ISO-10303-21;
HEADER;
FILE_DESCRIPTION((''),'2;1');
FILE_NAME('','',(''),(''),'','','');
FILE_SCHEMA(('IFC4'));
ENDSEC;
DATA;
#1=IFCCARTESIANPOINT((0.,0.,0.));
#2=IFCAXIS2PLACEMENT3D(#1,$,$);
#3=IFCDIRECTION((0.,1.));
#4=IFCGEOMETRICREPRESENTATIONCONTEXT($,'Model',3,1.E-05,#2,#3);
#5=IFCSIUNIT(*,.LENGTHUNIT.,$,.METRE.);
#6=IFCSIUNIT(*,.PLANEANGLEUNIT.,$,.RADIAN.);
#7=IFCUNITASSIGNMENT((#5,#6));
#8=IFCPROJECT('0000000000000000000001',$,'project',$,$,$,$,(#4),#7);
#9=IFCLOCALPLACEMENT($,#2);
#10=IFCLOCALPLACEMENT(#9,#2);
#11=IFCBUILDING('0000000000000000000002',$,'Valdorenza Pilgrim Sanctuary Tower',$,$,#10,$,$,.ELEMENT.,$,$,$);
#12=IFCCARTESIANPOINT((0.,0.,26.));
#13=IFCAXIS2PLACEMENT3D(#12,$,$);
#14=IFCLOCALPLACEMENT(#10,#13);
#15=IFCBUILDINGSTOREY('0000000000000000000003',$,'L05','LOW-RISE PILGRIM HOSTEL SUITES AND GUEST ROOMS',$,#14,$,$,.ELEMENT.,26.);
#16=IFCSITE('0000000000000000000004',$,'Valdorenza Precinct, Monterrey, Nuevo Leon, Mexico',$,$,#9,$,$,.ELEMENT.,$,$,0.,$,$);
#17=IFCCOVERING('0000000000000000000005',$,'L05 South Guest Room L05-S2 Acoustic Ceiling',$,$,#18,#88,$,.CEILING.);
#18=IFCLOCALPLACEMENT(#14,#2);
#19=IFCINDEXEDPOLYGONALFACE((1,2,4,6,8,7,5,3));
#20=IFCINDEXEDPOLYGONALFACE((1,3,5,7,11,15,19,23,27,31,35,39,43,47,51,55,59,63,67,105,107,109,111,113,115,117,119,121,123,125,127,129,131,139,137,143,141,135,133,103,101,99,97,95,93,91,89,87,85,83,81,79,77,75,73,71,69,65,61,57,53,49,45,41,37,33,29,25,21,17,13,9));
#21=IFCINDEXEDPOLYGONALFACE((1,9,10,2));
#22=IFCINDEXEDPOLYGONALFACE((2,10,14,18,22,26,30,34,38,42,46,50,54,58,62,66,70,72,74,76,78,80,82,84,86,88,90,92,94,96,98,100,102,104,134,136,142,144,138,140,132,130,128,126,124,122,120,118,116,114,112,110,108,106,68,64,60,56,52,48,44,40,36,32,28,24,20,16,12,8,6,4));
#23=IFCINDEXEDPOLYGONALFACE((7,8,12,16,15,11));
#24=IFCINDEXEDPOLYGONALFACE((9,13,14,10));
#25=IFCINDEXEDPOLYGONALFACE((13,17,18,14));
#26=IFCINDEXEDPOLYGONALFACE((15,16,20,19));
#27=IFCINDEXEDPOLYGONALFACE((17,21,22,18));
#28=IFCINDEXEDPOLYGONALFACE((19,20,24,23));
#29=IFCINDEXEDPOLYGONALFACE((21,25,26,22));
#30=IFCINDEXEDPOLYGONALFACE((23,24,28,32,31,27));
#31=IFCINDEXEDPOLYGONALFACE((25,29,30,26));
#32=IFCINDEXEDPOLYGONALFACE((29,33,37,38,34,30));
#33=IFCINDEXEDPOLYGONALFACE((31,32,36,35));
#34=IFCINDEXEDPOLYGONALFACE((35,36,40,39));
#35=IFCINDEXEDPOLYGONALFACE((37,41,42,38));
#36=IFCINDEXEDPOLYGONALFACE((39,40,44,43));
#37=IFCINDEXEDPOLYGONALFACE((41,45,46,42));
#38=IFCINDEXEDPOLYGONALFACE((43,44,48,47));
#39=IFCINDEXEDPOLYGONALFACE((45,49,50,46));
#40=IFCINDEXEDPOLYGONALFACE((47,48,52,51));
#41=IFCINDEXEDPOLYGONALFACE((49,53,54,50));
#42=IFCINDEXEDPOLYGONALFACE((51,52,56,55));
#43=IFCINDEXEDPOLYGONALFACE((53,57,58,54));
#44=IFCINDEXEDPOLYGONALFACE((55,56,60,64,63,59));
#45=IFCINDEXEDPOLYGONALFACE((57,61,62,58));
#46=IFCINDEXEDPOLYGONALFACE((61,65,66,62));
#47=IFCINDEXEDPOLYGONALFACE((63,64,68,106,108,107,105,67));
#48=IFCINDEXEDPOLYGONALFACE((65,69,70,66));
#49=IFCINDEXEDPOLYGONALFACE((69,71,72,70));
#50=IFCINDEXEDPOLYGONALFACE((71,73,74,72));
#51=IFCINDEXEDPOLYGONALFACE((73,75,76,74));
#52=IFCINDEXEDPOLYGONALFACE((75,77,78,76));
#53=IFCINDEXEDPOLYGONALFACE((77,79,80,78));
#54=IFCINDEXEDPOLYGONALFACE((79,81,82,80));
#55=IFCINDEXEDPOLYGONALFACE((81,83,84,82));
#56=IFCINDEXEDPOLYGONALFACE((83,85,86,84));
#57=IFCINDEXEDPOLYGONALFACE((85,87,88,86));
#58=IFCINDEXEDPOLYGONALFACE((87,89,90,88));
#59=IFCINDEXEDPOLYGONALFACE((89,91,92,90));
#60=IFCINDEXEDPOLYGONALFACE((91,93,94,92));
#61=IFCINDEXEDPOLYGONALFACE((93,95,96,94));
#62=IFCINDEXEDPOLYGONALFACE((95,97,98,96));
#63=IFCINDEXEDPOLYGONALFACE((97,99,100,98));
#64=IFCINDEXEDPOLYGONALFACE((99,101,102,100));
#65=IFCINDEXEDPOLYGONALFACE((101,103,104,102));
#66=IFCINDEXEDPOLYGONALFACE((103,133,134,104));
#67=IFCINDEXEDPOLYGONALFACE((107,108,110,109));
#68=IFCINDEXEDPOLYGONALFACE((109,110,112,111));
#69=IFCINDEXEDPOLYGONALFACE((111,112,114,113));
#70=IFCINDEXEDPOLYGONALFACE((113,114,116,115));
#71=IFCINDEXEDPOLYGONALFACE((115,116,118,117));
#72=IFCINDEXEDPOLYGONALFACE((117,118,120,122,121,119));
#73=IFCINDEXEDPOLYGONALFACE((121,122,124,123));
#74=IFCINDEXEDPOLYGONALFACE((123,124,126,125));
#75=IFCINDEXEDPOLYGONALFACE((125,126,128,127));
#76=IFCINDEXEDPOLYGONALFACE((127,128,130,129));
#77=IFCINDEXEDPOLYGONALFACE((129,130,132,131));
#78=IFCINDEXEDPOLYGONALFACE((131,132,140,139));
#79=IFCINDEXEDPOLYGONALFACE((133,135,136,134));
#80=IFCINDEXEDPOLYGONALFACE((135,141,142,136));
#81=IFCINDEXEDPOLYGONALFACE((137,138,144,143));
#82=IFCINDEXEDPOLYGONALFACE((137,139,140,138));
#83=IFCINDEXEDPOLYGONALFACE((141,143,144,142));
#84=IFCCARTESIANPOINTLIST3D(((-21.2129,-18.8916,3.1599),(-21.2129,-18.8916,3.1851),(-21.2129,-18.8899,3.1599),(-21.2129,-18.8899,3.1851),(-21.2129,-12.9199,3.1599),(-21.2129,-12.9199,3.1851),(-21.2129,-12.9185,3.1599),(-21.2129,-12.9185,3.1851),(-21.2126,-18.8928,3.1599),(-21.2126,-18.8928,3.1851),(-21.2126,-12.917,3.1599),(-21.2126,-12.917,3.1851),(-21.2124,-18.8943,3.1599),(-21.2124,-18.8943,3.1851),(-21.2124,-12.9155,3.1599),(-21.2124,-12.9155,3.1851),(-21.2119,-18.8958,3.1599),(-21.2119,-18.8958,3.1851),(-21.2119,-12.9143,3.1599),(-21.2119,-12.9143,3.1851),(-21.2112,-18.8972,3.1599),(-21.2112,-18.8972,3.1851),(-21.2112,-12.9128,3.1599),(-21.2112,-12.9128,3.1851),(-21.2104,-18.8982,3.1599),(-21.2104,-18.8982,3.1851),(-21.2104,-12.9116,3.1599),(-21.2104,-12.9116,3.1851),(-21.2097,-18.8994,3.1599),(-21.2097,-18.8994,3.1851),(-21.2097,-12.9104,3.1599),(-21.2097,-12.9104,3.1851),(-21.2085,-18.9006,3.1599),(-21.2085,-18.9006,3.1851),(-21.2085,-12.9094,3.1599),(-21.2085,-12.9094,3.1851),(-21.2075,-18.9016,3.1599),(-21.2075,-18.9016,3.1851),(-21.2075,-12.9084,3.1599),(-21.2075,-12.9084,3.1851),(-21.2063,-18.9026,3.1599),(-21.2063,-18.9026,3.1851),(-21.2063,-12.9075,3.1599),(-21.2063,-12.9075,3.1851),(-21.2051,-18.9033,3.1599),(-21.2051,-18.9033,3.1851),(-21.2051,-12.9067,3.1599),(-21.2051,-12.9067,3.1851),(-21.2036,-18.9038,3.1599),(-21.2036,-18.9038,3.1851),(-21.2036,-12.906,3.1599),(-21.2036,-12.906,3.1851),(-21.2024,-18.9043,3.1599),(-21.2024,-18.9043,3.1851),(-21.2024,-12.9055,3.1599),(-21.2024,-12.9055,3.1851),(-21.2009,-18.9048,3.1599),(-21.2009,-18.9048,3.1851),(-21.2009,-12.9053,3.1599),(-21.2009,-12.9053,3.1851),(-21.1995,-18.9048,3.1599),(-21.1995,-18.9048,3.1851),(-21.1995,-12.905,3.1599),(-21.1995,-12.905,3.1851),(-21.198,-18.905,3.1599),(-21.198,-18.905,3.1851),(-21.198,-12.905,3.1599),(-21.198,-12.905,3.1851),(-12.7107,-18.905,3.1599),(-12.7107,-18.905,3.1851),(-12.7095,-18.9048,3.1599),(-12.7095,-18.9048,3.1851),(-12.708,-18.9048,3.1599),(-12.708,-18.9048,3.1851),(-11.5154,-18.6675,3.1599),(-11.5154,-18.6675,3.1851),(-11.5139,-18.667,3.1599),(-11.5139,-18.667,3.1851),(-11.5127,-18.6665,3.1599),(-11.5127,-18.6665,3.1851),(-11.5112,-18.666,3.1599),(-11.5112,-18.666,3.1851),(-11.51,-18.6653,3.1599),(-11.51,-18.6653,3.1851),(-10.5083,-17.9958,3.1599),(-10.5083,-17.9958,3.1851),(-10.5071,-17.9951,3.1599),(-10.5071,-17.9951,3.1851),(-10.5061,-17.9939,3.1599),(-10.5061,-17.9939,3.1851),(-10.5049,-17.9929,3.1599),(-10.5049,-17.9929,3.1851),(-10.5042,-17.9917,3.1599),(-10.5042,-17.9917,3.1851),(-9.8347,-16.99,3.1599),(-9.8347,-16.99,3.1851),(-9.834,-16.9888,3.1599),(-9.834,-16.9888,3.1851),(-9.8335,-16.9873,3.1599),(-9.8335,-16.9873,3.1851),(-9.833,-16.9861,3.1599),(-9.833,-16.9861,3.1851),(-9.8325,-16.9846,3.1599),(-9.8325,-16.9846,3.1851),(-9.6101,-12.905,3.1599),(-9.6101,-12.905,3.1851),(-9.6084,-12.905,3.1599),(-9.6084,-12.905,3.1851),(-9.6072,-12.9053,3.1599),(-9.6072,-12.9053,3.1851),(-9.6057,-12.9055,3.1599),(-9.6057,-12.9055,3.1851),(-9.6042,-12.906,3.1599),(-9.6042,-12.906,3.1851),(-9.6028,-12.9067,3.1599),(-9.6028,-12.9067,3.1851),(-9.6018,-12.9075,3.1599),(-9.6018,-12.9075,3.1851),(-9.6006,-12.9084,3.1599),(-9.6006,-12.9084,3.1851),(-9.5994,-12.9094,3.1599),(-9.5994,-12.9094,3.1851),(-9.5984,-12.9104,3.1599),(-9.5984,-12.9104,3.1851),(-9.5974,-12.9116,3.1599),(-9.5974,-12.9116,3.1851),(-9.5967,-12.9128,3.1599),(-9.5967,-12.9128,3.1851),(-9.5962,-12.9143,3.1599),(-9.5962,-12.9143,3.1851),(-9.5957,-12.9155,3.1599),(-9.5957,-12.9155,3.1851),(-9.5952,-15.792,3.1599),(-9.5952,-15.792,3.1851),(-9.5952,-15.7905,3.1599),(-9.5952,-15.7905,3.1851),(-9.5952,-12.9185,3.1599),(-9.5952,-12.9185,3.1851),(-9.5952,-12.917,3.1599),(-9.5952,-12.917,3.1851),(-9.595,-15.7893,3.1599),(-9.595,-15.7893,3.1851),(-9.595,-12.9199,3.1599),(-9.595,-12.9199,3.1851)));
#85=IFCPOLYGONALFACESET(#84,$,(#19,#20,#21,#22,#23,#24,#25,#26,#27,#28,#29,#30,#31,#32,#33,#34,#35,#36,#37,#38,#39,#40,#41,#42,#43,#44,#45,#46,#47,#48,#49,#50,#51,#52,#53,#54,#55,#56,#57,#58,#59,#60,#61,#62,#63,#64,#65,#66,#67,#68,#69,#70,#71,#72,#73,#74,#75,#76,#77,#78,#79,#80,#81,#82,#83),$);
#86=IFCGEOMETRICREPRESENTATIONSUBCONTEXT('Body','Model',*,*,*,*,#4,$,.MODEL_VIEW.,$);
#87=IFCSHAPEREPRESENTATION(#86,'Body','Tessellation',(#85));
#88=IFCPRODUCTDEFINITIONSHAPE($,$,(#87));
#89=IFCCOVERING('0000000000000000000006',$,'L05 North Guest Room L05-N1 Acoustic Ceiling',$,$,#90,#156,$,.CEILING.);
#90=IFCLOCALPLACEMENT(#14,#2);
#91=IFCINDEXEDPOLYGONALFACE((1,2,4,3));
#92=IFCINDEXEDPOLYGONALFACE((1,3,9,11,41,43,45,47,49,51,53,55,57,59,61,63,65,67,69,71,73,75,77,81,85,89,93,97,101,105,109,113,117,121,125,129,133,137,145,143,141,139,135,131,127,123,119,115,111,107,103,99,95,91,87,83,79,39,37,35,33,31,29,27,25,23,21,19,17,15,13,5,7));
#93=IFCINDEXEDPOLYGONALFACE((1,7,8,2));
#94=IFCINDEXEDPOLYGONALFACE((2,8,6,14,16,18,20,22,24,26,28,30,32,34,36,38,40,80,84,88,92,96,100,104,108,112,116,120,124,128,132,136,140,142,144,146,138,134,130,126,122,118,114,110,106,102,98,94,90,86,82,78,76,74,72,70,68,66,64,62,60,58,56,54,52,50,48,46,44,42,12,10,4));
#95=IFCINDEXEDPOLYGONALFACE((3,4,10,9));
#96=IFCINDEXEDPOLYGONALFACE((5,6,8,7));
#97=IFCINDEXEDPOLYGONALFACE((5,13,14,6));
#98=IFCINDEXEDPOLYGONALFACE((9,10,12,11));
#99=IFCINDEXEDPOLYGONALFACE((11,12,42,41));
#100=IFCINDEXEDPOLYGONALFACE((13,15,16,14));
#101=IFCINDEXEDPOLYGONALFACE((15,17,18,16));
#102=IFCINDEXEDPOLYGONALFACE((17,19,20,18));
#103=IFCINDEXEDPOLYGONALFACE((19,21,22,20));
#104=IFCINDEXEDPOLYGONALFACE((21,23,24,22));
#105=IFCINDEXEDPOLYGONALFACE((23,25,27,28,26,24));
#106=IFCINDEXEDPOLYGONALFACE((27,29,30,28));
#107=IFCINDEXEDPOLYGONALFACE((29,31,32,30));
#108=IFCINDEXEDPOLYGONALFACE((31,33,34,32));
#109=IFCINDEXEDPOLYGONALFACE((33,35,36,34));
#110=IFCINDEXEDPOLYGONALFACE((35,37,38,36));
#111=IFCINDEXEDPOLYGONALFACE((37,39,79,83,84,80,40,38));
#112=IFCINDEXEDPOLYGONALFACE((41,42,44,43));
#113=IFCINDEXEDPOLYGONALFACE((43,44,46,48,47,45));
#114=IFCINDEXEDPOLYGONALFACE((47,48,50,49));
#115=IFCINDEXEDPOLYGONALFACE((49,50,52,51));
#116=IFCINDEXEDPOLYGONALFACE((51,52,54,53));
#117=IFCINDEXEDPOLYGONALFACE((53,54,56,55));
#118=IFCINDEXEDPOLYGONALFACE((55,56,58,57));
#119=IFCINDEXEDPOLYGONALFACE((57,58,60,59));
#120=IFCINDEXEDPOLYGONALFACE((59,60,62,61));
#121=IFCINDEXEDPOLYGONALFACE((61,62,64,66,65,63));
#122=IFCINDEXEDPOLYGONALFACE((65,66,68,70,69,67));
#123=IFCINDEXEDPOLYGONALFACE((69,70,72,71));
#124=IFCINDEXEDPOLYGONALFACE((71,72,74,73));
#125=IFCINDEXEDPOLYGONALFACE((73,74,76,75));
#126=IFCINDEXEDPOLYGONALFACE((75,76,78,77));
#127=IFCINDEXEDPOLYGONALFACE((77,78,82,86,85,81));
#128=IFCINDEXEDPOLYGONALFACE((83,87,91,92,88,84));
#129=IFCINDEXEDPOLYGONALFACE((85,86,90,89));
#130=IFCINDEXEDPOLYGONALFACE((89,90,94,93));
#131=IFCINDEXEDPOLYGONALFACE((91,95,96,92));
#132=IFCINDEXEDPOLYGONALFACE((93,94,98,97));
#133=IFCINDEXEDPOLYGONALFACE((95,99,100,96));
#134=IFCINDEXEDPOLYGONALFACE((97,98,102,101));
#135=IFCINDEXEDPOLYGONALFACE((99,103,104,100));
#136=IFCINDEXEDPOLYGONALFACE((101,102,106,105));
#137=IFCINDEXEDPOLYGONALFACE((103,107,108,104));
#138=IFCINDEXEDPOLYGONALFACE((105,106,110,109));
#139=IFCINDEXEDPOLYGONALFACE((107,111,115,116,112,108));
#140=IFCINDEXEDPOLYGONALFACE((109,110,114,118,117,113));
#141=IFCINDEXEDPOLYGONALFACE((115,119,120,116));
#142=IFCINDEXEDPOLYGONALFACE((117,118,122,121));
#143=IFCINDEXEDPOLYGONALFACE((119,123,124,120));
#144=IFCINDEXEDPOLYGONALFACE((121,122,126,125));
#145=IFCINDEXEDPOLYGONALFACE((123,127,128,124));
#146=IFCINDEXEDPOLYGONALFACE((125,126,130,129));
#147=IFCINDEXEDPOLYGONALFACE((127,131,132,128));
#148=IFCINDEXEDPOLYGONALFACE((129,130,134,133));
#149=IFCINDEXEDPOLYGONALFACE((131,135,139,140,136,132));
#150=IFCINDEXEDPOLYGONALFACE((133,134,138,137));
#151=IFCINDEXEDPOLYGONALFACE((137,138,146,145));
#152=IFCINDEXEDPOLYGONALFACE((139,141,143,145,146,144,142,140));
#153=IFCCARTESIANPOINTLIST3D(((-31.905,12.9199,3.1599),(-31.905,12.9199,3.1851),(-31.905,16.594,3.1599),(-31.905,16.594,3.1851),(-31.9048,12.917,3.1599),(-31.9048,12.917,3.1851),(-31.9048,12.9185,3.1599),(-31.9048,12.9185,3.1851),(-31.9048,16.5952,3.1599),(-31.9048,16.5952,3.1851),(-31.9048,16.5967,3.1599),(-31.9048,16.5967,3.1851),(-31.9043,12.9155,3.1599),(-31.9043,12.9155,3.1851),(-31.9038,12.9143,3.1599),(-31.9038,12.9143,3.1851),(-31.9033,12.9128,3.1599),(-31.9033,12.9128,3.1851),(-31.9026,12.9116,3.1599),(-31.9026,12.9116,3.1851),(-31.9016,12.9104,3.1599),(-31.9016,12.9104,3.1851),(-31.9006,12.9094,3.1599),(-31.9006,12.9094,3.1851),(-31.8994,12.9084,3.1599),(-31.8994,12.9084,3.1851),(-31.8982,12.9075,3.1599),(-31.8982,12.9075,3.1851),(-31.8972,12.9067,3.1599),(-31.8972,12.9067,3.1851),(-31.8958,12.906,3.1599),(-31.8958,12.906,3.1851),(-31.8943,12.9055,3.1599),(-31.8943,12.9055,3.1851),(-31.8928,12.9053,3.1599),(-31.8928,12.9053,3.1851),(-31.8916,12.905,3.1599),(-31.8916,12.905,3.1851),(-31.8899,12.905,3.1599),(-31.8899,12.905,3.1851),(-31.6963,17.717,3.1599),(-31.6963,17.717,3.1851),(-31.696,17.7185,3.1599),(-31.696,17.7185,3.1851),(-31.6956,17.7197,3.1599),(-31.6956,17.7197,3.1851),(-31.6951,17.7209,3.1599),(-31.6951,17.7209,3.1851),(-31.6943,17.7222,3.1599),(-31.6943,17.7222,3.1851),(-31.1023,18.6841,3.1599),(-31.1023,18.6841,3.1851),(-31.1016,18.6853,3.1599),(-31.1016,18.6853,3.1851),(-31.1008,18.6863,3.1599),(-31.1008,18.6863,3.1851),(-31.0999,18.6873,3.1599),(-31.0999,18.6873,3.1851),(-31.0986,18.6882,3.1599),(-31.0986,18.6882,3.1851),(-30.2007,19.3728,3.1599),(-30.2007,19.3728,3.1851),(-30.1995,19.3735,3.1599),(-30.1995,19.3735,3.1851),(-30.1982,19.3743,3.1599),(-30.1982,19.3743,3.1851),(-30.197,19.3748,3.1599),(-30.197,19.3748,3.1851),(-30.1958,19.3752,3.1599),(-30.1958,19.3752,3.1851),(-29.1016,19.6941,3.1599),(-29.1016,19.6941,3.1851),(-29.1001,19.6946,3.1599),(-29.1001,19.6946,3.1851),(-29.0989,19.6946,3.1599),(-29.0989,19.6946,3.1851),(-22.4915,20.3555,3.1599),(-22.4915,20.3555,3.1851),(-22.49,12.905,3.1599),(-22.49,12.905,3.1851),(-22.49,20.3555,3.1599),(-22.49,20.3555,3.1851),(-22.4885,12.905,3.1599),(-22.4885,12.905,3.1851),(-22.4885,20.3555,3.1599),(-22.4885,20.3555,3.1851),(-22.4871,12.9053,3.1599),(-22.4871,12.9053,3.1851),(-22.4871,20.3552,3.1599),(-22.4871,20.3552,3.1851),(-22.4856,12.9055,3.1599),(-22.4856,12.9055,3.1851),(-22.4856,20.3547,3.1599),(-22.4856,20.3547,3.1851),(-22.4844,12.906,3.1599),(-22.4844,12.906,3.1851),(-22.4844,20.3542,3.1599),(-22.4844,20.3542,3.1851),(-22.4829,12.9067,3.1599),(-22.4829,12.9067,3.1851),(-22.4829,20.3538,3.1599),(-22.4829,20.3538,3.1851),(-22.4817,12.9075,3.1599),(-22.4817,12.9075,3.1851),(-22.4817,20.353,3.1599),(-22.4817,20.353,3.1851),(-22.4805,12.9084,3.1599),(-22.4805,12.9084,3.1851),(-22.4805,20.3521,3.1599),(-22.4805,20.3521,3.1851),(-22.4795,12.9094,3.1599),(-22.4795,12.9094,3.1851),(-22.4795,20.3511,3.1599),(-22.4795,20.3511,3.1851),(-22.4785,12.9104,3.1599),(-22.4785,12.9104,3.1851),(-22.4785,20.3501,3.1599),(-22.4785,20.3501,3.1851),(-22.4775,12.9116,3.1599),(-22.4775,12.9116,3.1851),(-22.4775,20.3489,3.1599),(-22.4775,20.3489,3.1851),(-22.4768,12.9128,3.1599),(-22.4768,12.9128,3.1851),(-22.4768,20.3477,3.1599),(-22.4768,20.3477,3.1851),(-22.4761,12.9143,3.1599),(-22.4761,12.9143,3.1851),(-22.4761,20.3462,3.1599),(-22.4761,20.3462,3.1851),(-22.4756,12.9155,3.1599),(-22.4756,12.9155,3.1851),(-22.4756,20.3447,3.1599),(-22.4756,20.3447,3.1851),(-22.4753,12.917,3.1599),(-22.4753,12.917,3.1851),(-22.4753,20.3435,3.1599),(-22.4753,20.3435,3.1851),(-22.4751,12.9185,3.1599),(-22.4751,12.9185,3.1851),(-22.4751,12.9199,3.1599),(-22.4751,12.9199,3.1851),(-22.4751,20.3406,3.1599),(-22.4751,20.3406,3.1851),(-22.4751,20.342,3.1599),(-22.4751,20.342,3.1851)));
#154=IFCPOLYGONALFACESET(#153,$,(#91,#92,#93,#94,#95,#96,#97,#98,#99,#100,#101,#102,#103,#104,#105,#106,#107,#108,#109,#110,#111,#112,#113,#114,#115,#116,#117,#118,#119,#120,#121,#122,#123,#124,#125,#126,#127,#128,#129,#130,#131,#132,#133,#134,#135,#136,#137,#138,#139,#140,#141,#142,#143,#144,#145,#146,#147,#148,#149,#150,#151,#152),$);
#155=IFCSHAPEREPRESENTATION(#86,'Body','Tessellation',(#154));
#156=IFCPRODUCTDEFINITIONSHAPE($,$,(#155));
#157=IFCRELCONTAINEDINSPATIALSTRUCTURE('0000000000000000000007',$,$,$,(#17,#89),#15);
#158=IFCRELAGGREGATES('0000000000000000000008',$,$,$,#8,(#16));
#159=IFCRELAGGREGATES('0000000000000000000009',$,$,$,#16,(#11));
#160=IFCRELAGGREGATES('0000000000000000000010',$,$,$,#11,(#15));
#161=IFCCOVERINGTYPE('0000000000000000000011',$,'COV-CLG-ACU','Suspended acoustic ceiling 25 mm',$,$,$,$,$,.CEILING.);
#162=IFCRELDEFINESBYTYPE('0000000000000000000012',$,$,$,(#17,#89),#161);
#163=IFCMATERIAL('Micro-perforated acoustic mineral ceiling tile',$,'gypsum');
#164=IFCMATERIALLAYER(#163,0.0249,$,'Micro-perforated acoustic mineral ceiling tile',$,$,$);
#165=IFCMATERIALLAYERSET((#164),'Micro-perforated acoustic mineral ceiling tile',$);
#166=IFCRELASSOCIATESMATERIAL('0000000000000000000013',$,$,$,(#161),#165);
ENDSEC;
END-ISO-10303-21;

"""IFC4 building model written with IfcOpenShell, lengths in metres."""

from ifc_helpers import new_model, si_unit, direction, frame, origin, place, context, subcontext, project, spatial, polyline, outline, extrude, material, layer, layer_set, type_object, element, save


model = new_model("IFC4")

# Units and contexts
model_context = context("Model", 3, precision=1e-05, world=origin(), true_north=direction((0.0, 1.0)))
body_context = subcontext(model_context, "Body", "Model", "MODEL_VIEW")
ifc_project = project(units=[si_unit("LENGTHUNIT", "METRE"), si_unit("PLANEANGLEUNIT", "RADIAN")], contexts=[model_context])

# Site, building, storey
site_placement = place(None, origin())
site = spatial("IfcSite", under=ifc_project, at=site_placement, Name="Valdorenza Precinct, Monterrey, Nuevo Leon, Mexico", CompositionType="ELEMENT", RefElevation=0.0)
building_placement = place(site_placement, origin())
building = spatial("IfcBuilding", under=site, at=building_placement, Name="Valdorenza Pilgrim Sanctuary Tower", CompositionType="ELEMENT")
storey_placement = place(building_placement, frame((0.0, 0.0, 26.0)))
storey = spatial("IfcBuildingStorey", under=building, at=storey_placement, Name="L05", Description="LOW-RISE PILGRIM HOSTEL SUITES AND GUEST ROOMS", CompositionType="ELEMENT", Elevation=26.0)

# Coverings
ifc_material_1 = material(Name="Micro-perforated acoustic mineral ceiling tile", Category="gypsum")
ifc_layer_1 = layer(ifc_material_1, 0.0249, Name="Micro-perforated acoustic mineral ceiling tile")
ifc_layer_set_1 = layer_set([ifc_layer_1], Name="Micro-perforated acoustic mineral ceiling tile")
covering_type_1 = type_object("IfcCoveringType", Name="COV-CLG-ACU", Description="Suspended acoustic ceiling 25 mm", PredefinedType="CEILING", material=ifc_layer_set_1)
covering_1_placement = place(storey_placement, frame((0.0, 0.0, 3.1599)))
element("IfcCovering", 1, at=covering_1_placement, inside=storey, type_object=covering_type_1, Name="L05 South Guest Room L05-S2 Acoustic Ceiling", PredefinedType="CEILING", context=body_context, shape_type="SweptSolid", body=[
    extrude(outline(polyline([(-9.6101, -12.905), (-9.6084, -12.905), (-9.6072, -12.9053), (-9.6057, -12.9055), (-9.6042, -12.906), (-9.6028, -12.9067), (-9.6018, -12.9075), (-9.6006, -12.9084), (-9.5994, -12.9094), (-9.5984, -12.9104), (-9.5974, -12.9116), (-9.5967, -12.9128), (-9.5962, -12.9143), (-9.5957, -12.9155), (-9.5952, -12.917), (-9.5952, -12.9185), (-9.595, -12.9199), (-9.595, -15.7893), (-9.5952, -15.7905), (-9.5952, -15.792), (-9.8325, -16.9846), (-9.833, -16.9861), (-9.8335, -16.9873), (-9.834, -16.9888), (-9.8347, -16.99), (-10.5042, -17.9917), (-10.5049, -17.9929), (-10.5061, -17.9939), (-10.5071, -17.9951), (-10.5083, -17.9958), (-11.51, -18.6653), (-11.5112, -18.666), (-11.5127, -18.6665), (-11.5139, -18.667), (-11.5154, -18.6675), (-12.708, -18.9048), (-12.7095, -18.9048), (-12.7107, -18.905), (-21.198, -18.905), (-21.1995, -18.9048), (-21.2009, -18.9048), (-21.2024, -18.9043), (-21.2036, -18.9038), (-21.2051, -18.9033), (-21.2063, -18.9026), (-21.2075, -18.9016), (-21.2085, -18.9006), (-21.2097, -18.8994), (-21.2104, -18.8982), (-21.2112, -18.8972), (-21.2119, -18.8958), (-21.2124, -18.8943), (-21.2126, -18.8928), (-21.2129, -18.8916), (-21.2129, -18.8899), (-21.2129, -12.9199), (-21.2129, -12.9185), (-21.2126, -12.917), (-21.2124, -12.9155), (-21.2119, -12.9143), (-21.2112, -12.9128), (-21.2104, -12.9116), (-21.2097, -12.9104), (-21.2085, -12.9094), (-21.2075, -12.9084), (-21.2063, -12.9075), (-21.2051, -12.9067), (-21.2036, -12.906), (-21.2024, -12.9055), (-21.2009, -12.9053), (-21.1995, -12.905), (-21.198, -12.905), (-9.6101, -12.905)])), origin(), (0.0, 0.0, 1.0), 0.0251),
])
covering_2_placement = place(storey_placement, frame((0.0, 0.0, 3.1599)))
element("IfcCovering", 2, at=covering_2_placement, inside=storey, type_object=covering_type_1, Name="L05 North Guest Room L05-N1 Acoustic Ceiling", PredefinedType="CEILING", context=body_context, shape_type="SweptSolid", body=[
    extrude(outline(polyline([(-31.6963, 17.717), (-31.696, 17.7185), (-31.6956, 17.7197), (-31.6951, 17.7209), (-31.6943, 17.7222), (-31.1023, 18.6841), (-31.1016, 18.6853), (-31.1008, 18.6863), (-31.0999, 18.6873), (-31.0986, 18.6882), (-30.2007, 19.3728), (-30.1995, 19.3735), (-30.1982, 19.3743), (-30.197, 19.3748), (-30.1958, 19.3752), (-29.1016, 19.6941), (-29.1001, 19.6946), (-29.0989, 19.6946), (-22.4915, 20.3555), (-22.49, 20.3555), (-22.4885, 20.3555), (-22.4871, 20.3552), (-22.4856, 20.3547), (-22.4844, 20.3542), (-22.4829, 20.3538), (-22.4817, 20.353), (-22.4805, 20.3521), (-22.4795, 20.3511), (-22.4785, 20.3501), (-22.4775, 20.3489), (-22.4768, 20.3477), (-22.4761, 20.3462), (-22.4756, 20.3447), (-22.4753, 20.3435), (-22.4751, 20.342), (-22.4751, 20.3406), (-22.4751, 12.9199), (-22.4751, 12.9185), (-22.4753, 12.917), (-22.4756, 12.9155), (-22.4761, 12.9143), (-22.4768, 12.9128), (-22.4775, 12.9116), (-22.4785, 12.9104), (-22.4795, 12.9094), (-22.4805, 12.9084), (-22.4817, 12.9075), (-22.4829, 12.9067), (-22.4844, 12.906), (-22.4856, 12.9055), (-22.4871, 12.9053), (-22.4885, 12.905), (-22.49, 12.905), (-31.8899, 12.905), (-31.8916, 12.905), (-31.8928, 12.9053), (-31.8943, 12.9055), (-31.8958, 12.906), (-31.8972, 12.9067), (-31.8982, 12.9075), (-31.8994, 12.9084), (-31.9006, 12.9094), (-31.9016, 12.9104), (-31.9026, 12.9116), (-31.9033, 12.9128), (-31.9038, 12.9143), (-31.9043, 12.9155), (-31.9048, 12.917), (-31.9048, 12.9185), (-31.905, 12.9199), (-31.905, 16.594), (-31.9048, 16.5952), (-31.9048, 16.5967), (-31.6963, 17.717)])), origin(), (0.0, 0.0, 1.0), 0.0251),
])

save(model, "model.ifc")
